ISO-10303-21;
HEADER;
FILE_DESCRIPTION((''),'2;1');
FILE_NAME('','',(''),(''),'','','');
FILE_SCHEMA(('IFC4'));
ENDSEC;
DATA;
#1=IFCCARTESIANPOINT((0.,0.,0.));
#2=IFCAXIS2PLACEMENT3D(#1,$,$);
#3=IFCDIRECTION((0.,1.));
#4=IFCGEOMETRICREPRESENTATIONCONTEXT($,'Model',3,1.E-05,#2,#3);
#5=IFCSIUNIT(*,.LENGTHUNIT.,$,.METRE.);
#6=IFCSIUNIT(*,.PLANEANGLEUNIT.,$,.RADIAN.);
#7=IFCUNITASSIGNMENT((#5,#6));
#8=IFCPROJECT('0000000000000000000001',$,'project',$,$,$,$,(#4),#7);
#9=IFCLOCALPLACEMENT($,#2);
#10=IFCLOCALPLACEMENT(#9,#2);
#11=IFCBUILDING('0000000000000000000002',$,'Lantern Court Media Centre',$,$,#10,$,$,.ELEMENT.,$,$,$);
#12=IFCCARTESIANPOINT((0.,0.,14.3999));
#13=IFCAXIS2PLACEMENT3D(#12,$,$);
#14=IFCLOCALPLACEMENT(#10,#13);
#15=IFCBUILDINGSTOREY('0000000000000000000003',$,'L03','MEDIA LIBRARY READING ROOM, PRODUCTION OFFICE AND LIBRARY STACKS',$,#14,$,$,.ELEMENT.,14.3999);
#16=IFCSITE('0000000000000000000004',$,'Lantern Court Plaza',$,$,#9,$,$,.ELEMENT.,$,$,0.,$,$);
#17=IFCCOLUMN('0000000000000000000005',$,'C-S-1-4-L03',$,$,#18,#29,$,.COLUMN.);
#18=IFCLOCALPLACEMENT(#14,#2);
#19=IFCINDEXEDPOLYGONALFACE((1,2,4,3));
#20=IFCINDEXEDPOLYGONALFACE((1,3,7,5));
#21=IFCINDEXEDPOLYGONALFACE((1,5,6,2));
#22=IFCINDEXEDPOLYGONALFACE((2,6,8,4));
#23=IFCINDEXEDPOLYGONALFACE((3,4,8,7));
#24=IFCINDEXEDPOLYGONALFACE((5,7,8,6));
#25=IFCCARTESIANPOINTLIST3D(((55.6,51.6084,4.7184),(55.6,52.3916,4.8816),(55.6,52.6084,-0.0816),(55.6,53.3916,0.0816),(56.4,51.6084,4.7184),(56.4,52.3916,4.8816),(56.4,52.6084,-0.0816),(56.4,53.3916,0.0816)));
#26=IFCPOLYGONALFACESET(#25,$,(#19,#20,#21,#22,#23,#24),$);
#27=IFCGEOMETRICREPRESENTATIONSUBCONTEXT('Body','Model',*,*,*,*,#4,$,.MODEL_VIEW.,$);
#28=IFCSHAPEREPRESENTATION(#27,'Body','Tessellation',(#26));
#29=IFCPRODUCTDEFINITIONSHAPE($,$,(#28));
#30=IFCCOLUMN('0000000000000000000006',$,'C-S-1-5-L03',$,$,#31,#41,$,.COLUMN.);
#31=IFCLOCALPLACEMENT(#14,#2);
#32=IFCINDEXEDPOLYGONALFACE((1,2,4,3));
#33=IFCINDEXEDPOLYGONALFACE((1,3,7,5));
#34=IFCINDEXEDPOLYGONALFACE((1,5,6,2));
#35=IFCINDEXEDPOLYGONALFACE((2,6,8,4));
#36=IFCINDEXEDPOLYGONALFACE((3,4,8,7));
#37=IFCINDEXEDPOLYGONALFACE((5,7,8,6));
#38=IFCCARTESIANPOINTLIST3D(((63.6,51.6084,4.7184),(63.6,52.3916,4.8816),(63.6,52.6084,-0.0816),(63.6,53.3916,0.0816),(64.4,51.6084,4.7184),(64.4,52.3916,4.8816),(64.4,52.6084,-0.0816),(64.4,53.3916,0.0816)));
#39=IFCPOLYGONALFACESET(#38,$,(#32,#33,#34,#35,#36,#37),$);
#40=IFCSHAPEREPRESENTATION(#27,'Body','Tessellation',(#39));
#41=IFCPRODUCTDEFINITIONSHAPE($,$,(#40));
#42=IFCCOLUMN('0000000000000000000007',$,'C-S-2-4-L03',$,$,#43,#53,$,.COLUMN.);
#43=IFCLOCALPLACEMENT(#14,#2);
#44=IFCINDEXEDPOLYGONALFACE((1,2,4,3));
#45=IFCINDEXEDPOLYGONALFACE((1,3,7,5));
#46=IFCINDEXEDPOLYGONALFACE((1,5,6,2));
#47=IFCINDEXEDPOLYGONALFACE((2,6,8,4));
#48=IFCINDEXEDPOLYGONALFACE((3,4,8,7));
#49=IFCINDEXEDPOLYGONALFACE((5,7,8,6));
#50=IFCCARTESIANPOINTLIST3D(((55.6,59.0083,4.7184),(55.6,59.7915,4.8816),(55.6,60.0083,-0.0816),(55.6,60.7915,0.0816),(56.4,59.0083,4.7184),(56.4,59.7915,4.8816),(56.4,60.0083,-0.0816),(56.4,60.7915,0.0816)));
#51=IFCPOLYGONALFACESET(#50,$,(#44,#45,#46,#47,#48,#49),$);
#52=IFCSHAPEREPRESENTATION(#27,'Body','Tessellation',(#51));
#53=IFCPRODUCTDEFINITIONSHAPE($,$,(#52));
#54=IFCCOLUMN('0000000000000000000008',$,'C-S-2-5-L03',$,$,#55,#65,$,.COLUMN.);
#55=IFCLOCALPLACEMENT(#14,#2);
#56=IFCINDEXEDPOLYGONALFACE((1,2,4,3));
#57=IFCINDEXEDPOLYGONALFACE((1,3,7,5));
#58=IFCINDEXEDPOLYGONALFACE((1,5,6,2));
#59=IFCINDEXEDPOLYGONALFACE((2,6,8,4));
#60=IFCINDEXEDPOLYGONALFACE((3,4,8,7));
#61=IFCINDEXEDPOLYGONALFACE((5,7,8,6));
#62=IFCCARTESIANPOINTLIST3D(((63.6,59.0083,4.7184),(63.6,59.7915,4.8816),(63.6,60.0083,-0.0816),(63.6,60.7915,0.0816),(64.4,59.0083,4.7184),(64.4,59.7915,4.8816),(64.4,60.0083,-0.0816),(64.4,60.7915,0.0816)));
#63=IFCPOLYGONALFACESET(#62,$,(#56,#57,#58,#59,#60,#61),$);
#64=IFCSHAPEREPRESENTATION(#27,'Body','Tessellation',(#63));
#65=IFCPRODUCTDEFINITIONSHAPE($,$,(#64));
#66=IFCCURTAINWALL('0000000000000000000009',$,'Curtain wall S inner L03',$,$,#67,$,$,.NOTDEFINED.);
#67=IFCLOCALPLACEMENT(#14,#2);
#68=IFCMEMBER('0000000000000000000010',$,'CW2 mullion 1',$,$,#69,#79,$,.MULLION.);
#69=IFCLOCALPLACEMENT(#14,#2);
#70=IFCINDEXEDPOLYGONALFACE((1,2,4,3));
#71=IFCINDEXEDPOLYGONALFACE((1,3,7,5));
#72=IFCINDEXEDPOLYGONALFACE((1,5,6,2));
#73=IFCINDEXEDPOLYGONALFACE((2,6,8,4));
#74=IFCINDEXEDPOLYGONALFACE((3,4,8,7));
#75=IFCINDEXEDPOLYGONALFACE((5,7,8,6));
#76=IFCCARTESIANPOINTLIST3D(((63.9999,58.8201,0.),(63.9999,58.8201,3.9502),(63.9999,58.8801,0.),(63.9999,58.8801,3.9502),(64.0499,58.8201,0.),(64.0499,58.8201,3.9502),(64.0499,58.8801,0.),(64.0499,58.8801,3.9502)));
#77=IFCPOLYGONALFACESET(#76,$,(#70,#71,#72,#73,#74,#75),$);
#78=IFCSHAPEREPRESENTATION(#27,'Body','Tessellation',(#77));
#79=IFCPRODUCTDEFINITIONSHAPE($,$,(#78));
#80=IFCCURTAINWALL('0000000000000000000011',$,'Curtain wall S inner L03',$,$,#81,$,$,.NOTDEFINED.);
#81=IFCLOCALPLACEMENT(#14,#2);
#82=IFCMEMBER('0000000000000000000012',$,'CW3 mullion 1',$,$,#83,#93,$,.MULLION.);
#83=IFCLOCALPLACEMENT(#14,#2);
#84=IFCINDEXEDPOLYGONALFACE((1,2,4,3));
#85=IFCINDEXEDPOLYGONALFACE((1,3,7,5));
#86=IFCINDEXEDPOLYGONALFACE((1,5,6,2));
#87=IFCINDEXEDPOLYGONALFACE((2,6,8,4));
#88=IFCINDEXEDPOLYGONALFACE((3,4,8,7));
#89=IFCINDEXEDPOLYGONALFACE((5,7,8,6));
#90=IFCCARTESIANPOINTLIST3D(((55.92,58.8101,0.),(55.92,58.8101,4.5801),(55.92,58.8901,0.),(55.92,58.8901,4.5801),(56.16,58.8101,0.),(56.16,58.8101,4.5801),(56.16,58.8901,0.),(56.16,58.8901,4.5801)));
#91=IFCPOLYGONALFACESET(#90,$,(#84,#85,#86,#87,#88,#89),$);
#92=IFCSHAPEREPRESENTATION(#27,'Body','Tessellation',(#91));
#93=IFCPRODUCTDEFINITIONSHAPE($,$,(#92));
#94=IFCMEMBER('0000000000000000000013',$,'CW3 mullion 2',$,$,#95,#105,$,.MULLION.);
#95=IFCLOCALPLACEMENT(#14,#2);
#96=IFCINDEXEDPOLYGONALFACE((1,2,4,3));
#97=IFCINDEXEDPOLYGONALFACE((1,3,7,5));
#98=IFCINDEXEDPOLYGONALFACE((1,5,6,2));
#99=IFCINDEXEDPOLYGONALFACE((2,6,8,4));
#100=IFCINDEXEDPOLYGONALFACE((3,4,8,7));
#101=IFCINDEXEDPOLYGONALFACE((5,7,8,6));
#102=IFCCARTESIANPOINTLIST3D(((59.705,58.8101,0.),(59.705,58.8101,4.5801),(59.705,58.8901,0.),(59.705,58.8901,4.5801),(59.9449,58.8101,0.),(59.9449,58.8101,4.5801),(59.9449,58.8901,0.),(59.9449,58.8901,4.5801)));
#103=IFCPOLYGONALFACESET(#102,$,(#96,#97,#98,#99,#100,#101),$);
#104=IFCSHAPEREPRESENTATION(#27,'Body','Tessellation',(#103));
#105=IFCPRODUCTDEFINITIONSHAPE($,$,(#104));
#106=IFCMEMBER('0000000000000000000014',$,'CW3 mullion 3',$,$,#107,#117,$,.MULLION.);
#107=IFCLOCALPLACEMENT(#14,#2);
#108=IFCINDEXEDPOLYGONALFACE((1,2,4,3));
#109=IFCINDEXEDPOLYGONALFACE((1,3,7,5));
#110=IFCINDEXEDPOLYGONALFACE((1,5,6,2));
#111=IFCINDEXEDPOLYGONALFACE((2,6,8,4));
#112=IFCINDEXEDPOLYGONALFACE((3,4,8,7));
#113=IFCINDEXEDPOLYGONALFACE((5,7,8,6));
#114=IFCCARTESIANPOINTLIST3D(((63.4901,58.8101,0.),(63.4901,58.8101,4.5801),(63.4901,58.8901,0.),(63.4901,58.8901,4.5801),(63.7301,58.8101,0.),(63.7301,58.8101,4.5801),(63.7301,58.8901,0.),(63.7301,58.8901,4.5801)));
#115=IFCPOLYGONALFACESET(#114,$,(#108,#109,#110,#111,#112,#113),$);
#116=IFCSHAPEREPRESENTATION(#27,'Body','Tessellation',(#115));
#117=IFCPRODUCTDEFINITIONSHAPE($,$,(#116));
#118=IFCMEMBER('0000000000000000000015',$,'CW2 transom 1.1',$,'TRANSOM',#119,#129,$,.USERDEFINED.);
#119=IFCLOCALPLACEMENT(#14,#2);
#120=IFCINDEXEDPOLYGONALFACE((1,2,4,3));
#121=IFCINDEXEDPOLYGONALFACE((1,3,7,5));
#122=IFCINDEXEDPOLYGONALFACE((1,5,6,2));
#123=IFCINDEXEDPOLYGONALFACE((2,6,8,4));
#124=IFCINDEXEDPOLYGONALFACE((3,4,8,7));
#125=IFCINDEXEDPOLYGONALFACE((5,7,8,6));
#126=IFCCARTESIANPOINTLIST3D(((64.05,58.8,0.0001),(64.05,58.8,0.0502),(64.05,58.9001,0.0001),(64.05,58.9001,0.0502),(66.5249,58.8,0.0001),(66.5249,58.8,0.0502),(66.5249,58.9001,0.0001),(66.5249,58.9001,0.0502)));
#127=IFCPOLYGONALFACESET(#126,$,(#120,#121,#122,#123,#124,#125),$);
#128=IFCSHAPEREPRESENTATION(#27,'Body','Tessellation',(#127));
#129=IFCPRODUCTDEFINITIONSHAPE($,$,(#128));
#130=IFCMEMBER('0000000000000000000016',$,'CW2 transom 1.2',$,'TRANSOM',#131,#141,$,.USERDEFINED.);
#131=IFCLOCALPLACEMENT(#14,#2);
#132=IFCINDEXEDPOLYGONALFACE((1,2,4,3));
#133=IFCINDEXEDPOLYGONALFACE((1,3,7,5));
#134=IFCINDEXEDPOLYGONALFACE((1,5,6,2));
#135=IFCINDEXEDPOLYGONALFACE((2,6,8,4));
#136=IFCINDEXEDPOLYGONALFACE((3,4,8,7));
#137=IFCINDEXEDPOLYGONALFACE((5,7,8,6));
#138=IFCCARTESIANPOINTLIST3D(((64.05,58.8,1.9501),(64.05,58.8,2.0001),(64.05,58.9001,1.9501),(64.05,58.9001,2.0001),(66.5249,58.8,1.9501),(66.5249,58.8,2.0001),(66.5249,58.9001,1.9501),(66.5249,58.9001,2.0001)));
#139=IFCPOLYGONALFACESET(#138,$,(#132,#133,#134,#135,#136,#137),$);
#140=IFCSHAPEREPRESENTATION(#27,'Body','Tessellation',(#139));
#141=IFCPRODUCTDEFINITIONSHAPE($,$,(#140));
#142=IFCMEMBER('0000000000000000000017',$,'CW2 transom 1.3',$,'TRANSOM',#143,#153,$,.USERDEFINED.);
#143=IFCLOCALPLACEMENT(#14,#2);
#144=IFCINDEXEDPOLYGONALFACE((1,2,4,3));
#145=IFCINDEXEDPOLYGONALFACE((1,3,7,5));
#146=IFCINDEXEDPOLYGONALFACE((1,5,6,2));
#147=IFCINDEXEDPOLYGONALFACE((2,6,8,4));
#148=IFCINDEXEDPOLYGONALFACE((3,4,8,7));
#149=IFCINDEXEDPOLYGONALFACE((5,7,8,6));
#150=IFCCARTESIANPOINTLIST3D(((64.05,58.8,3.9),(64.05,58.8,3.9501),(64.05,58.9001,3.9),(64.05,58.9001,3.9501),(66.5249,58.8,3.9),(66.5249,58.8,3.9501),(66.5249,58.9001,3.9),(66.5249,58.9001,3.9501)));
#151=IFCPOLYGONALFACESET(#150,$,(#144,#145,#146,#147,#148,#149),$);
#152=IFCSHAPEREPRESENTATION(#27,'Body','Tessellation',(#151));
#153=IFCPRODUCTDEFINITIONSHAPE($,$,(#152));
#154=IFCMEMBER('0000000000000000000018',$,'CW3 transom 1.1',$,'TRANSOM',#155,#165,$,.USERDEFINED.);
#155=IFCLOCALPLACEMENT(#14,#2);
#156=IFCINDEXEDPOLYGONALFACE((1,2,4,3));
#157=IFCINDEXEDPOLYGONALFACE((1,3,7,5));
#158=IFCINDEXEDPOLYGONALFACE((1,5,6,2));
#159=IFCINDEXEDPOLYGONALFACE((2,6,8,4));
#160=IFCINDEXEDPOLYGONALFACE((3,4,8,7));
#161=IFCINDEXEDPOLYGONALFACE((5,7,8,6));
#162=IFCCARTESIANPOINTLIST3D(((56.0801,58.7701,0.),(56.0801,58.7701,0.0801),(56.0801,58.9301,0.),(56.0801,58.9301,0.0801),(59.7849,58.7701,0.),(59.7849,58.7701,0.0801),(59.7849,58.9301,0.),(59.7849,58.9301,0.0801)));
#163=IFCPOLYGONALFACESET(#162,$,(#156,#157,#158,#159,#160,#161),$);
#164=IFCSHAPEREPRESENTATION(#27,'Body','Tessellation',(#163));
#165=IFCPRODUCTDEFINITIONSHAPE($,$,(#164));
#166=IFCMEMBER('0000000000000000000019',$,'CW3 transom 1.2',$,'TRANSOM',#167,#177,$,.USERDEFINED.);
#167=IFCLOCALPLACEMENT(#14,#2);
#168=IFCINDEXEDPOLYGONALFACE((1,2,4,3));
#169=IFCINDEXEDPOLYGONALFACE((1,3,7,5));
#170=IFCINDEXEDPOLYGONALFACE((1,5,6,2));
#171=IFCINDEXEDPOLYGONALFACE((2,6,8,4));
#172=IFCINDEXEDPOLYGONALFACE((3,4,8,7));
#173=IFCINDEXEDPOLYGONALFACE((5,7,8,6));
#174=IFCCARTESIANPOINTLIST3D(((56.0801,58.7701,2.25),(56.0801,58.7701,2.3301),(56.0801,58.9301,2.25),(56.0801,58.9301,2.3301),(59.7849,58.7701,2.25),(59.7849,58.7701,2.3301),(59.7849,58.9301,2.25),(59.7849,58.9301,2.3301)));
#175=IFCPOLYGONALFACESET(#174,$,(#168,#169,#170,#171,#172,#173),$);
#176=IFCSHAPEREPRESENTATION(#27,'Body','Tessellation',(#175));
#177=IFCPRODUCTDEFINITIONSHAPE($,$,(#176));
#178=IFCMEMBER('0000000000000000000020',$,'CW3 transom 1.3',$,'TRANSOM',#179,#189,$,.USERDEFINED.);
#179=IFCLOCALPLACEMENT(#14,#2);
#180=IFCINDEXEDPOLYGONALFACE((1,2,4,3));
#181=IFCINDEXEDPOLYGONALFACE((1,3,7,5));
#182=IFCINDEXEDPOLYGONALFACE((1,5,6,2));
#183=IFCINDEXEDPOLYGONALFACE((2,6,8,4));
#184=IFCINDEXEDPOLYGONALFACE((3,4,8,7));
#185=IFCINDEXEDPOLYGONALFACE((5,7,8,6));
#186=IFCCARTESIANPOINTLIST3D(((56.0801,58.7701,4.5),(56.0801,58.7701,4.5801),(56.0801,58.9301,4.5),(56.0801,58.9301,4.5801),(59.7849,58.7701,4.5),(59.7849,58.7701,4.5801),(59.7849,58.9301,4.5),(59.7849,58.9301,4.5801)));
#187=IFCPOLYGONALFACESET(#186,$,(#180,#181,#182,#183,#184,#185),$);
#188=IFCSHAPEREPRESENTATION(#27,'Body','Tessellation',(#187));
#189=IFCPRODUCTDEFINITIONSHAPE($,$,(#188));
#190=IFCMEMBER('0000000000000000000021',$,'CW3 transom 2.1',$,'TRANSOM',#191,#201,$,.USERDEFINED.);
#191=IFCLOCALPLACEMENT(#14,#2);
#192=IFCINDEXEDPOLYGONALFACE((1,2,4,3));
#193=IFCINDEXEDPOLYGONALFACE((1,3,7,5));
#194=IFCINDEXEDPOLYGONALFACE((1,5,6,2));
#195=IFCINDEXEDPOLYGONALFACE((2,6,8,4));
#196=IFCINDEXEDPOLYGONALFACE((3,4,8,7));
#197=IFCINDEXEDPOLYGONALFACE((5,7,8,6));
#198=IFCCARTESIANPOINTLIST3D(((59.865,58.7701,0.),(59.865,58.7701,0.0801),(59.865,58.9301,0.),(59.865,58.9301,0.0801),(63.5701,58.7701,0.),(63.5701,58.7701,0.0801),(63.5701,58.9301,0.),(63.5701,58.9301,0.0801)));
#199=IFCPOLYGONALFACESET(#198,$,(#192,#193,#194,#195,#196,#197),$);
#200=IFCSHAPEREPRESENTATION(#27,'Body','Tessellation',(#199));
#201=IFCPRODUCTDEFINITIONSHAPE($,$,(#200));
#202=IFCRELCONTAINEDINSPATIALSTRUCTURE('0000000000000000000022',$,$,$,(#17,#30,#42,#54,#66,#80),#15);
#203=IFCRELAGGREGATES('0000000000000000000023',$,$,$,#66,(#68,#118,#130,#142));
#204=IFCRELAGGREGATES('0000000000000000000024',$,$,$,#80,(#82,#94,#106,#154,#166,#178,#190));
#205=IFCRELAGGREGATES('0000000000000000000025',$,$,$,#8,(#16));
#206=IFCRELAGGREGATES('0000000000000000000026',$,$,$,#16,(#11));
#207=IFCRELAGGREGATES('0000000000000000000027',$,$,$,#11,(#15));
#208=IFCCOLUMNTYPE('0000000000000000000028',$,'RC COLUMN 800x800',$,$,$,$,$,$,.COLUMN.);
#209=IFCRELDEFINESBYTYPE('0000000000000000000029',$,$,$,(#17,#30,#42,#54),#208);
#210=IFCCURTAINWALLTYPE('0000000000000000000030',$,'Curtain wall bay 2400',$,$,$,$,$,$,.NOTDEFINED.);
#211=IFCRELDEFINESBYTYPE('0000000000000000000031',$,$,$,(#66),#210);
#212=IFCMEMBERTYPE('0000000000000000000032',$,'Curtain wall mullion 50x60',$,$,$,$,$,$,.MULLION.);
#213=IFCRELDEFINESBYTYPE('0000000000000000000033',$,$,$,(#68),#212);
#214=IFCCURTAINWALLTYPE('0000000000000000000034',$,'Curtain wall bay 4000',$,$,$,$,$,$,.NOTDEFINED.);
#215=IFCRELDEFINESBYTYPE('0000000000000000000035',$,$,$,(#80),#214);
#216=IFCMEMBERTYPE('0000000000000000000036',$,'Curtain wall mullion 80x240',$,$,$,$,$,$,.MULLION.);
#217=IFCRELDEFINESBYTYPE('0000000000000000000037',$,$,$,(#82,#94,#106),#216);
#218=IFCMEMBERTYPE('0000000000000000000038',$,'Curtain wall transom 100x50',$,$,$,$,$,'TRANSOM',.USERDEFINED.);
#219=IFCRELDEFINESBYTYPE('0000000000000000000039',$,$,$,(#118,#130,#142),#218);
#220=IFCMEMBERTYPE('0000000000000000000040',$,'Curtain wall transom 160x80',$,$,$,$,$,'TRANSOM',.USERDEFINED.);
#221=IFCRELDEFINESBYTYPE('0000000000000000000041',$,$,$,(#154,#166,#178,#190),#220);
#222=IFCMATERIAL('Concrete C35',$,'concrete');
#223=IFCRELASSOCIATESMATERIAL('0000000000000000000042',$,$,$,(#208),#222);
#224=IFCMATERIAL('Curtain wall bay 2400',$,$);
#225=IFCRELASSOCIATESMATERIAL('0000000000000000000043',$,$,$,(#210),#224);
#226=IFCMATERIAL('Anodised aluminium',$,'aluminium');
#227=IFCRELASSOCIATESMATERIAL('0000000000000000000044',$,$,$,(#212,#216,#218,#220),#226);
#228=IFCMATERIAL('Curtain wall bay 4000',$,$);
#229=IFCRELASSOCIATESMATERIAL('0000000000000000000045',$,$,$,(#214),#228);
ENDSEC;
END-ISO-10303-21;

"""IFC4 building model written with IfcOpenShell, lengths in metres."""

from ifc_helpers import new_model, si_unit, direction, frame, origin, origin_2d, place, context, subcontext, project, spatial, rectangle, extrude, material, material_profile, profile_set, type_object, element, aggregate, save


model = new_model("IFC4")

# Units and contexts
model_context = context("Model", 3, precision=1e-05, world=origin(), true_north=direction((0.0, 1.0)))
body_context = subcontext(model_context, "Body", "Model", "MODEL_VIEW")
ifc_project = project(units=[si_unit("LENGTHUNIT", "METRE"), si_unit("PLANEANGLEUNIT", "RADIAN")], contexts=[model_context])

# Site, building, storey
site_placement = place(None, origin())
site = spatial("IfcSite", under=ifc_project, at=site_placement, Name="Lantern Court Plaza", CompositionType="ELEMENT", RefElevation=0.0)
building_placement = place(site_placement, origin())
building = spatial("IfcBuilding", under=site, at=building_placement, Name="Lantern Court Media Centre", CompositionType="ELEMENT")
storey_placement = place(building_placement, frame((0.0, 0.0, 14.3999)))
storey = spatial("IfcBuildingStorey", under=building, at=storey_placement, Name="L03", Description="MEDIA LIBRARY READING ROOM, PRODUCTION OFFICE AND LIBRARY STACKS", CompositionType="ELEMENT", Elevation=14.3999)

# Columns
ifc_material_1 = material(Name="Concrete C35", Category="concrete")
ifc_material_profile_1 = material_profile(ifc_material_1, rectangle(XDim=0.8, YDim=0.8, at=origin_2d()), Name="RC 800x800")
ifc_profile_set_1 = profile_set([ifc_material_profile_1], Name="Concrete C35")
column_type = type_object("IfcColumnType", Name="RC COLUMN 800x800", PredefinedType="COLUMN", material=ifc_profile_set_1)
for number, where, z_axis, x_axis, name in (
    (1, (56.0, 53.0, 0.0), (0.0, -0.203952, 0.978981), (1.0, 0.0, 0.0), "C-S-1-4-L03"),
    (2, (64.0, 53.0, 0.0), (0.0, -0.203952, 0.978981), (1.0, 0.0, 0.0), "C-S-1-5-L03"),
    (3, (56.0, 60.3999, 0.0), (0.0, -0.203952, 0.978981), (1.0, 0.0, 0.0), "C-S-2-4-L03"),
    (4, (64.0, 60.3999, 0.0), (0.0, -0.203952, 0.978981), (1.0, 0.0, 0.0), "C-S-2-5-L03"),
):
    element("IfcColumn", number, at=place(storey_placement, frame(where, z_axis=z_axis, x_axis=x_axis)), inside=storey, type_object=column_type, Name=name, PredefinedType="COLUMN", context=body_context, shape_type="SweptSolid", body=[
        extrude(rectangle(XDim=0.8, YDim=0.8, at=origin_2d()), origin(), (0.0, 0.0, 1.0), 4.9031),
    ])

# Curtain wall, member
ifc_material_2 = material(Name="Curtain wall bay 2400")
curtain_wall_type_1 = type_object("IfcCurtainWallType", Name="Curtain wall bay 2400", PredefinedType="NOTDEFINED", material=ifc_material_2)
curtain_wall_1_placement = place(storey_placement, origin())
curtain_wall_1 = element("IfcCurtainWall", 5, at=curtain_wall_1_placement, inside=storey, type_object=curtain_wall_type_1, Name="Curtain wall S inner L03", PredefinedType="NOTDEFINED")
ifc_material_3 = material(Name="Anodised aluminium", Category="aluminium")
ifc_material_profile_2 = material_profile(ifc_material_3, rectangle(XDim=0.0601, YDim=0.05, at=origin_2d()), Name="AL 50x60")
ifc_profile_set_2 = profile_set([ifc_material_profile_2], Name="Anodised aluminium")
member_type_1 = type_object("IfcMemberType", Name="Curtain wall mullion 50x60", PredefinedType="MULLION", material=ifc_profile_set_2)
member_1_placement = place(storey_placement, frame((64.0249, 58.8501, 0.0), z_axis=(0.0, 0.0, 1.0), x_axis=(0.0, 1.0, 0.0)))
member_1 = element("IfcMember", 6, at=member_1_placement, type_object=member_type_1, Name="CW2 mullion 1", PredefinedType="MULLION", context=body_context, shape_type="SweptSolid", body=[
    extrude(rectangle(XDim=0.0601, YDim=0.05, at=origin_2d()), origin(), (0.0, 0.0, 1.0), 3.9502),
])

# Curtain wall, members
ifc_material_4 = material(Name="Curtain wall bay 4000")
curtain_wall_type_2 = type_object("IfcCurtainWallType", Name="Curtain wall bay 4000", PredefinedType="NOTDEFINED", material=ifc_material_4)
curtain_wall_2_placement = place(storey_placement, origin())
curtain_wall_2 = element("IfcCurtainWall", 7, at=curtain_wall_2_placement, inside=storey, type_object=curtain_wall_type_2, Name="Curtain wall S inner L03", PredefinedType="NOTDEFINED")
ifc_material_profile_3 = material_profile(ifc_material_3, rectangle(XDim=0.0801, YDim=0.24, at=origin_2d()), Name="AL 80x240")
ifc_profile_set_3 = profile_set([ifc_material_profile_3], Name="Anodised aluminium")
member_type_2 = type_object("IfcMemberType", Name="Curtain wall mullion 80x240", PredefinedType="MULLION", material=ifc_profile_set_3)
member_2_placement = place(storey_placement, frame((56.04, 58.8501, 0.0), z_axis=(0.0, 0.0, 1.0), x_axis=(0.0, 1.0, 0.0)))
member_2 = element("IfcMember", 8, at=member_2_placement, type_object=member_type_2, Name="CW3 mullion 1", PredefinedType="MULLION", context=body_context, shape_type="SweptSolid", body=[
    extrude(rectangle(XDim=0.0801, YDim=0.24, at=origin_2d()), origin(), (0.0, 0.0, 1.0), 4.5801),
])
member_3_placement = place(storey_placement, frame((59.825, 58.8501, 0.0), z_axis=(0.0, 0.0, 1.0), x_axis=(0.0, 1.0, 0.0)))
member_3 = element("IfcMember", 9, at=member_3_placement, type_object=member_type_2, Name="CW3 mullion 2", PredefinedType="MULLION", context=body_context, shape_type="SweptSolid", body=[
    extrude(rectangle(XDim=0.0801, YDim=0.24, at=origin_2d()), origin(), (0.0, 0.0, 1.0), 4.5801),
])
member_4_placement = place(storey_placement, frame((63.6101, 58.8501, 0.0), z_axis=(0.0, 0.0, 1.0), x_axis=(0.0, 1.0, 0.0)))
member_4 = element("IfcMember", 10, at=member_4_placement, type_object=member_type_2, Name="CW3 mullion 3", PredefinedType="MULLION", context=body_context, shape_type="SweptSolid", body=[
    extrude(rectangle(XDim=0.0801, YDim=0.24, at=origin_2d()), origin(), (0.0, 0.0, 1.0), 4.5801),
])

# Members
ifc_material_profile_4 = material_profile(ifc_material_3, rectangle(XDim=0.1001, YDim=0.05, at=origin_2d()), Name="AL 50x100")
ifc_profile_set_4 = profile_set([ifc_material_profile_4], Name="Anodised aluminium")
member_type_3 = type_object("IfcMemberType", Name="Curtain wall transom 100x50", ElementType="TRANSOM", PredefinedType="USERDEFINED", material=ifc_profile_set_4)
member_5_placement = place(storey_placement, frame((64.05, 58.8501, 0.0251), z_axis=(1.0, 0.0, 0.0), x_axis=(0.0, 1.0, 0.0)))
member_5 = element("IfcMember", 11, at=member_5_placement, type_object=member_type_3, Name="CW2 transom 1.1", ObjectType="TRANSOM", PredefinedType="USERDEFINED", context=body_context, shape_type="SweptSolid", body=[
    extrude(rectangle(XDim=0.1001, YDim=0.05, at=origin_2d()), origin(), (0.0, 0.0, 1.0), 2.4749),
])
member_6_placement = place(storey_placement, frame((64.05, 58.8501, 1.9751), z_axis=(1.0, 0.0, 0.0), x_axis=(0.0, 1.0, 0.0)))
member_6 = element("IfcMember", 12, at=member_6_placement, type_object=member_type_3, Name="CW2 transom 1.2", ObjectType="TRANSOM", PredefinedType="USERDEFINED", context=body_context, shape_type="SweptSolid", body=[
    extrude(rectangle(XDim=0.1001, YDim=0.05, at=origin_2d()), origin(), (0.0, 0.0, 1.0), 2.4749),
])
member_7_placement = place(storey_placement, frame((64.05, 58.8501, 3.925), z_axis=(1.0, 0.0, 0.0), x_axis=(0.0, 1.0, 0.0)))
member_7 = element("IfcMember", 13, at=member_7_placement, type_object=member_type_3, Name="CW2 transom 1.3", ObjectType="TRANSOM", PredefinedType="USERDEFINED", context=body_context, shape_type="SweptSolid", body=[
    extrude(rectangle(XDim=0.1001, YDim=0.05, at=origin_2d()), origin(), (0.0, 0.0, 1.0), 2.4749),
])
aggregate(curtain_wall_1, [member_1, member_5, member_6, member_7])
ifc_material_profile_5 = material_profile(ifc_material_3, rectangle(XDim=0.1599, YDim=0.0801, at=origin_2d()), Name="AL 80x160")
ifc_profile_set_5 = profile_set([ifc_material_profile_5], Name="Anodised aluminium")
member_type_4 = type_object("IfcMemberType", Name="Curtain wall transom 160x80", ElementType="TRANSOM", PredefinedType="USERDEFINED", material=ifc_profile_set_5)
member_8_placement = place(storey_placement, frame((56.0801, 58.8501, 0.04), z_axis=(1.0, 0.0, 0.0), x_axis=(0.0, 1.0, 0.0)))
member_8 = element("IfcMember", 14, at=member_8_placement, type_object=member_type_4, Name="CW3 transom 1.1", ObjectType="TRANSOM", PredefinedType="USERDEFINED", context=body_context, shape_type="SweptSolid", body=[
    extrude(rectangle(XDim=0.1599, YDim=0.0801, at=origin_2d()), origin(), (0.0, 0.0, 1.0), 3.7048),
])
member_9_placement = place(storey_placement, frame((56.0801, 58.8501, 2.29), z_axis=(1.0, 0.0, 0.0), x_axis=(0.0, 1.0, 0.0)))
member_9 = element("IfcMember", 15, at=member_9_placement, type_object=member_type_4, Name="CW3 transom 1.2", ObjectType="TRANSOM", PredefinedType="USERDEFINED", context=body_context, shape_type="SweptSolid", body=[
    extrude(rectangle(XDim=0.1599, YDim=0.0801, at=origin_2d()), origin(), (0.0, 0.0, 1.0), 3.7048),
])
member_10_placement = place(storey_placement, frame((56.0801, 58.8501, 4.54), z_axis=(1.0, 0.0, 0.0), x_axis=(0.0, 1.0, 0.0)))
member_10 = element("IfcMember", 16, at=member_10_placement, type_object=member_type_4, Name="CW3 transom 1.3", ObjectType="TRANSOM", PredefinedType="USERDEFINED", context=body_context, shape_type="SweptSolid", body=[
    extrude(rectangle(XDim=0.1599, YDim=0.0801, at=origin_2d()), origin(), (0.0, 0.0, 1.0), 3.7048),
])
member_11_placement = place(storey_placement, frame((59.865, 58.8501, 0.04), z_axis=(1.0, 0.0, 0.0), x_axis=(0.0, 1.0, 0.0)))
member_11 = element("IfcMember", 17, at=member_11_placement, type_object=member_type_4, Name="CW3 transom 2.1", ObjectType="TRANSOM", PredefinedType="USERDEFINED", context=body_context, shape_type="SweptSolid", body=[
    extrude(rectangle(XDim=0.1599, YDim=0.0801, at=origin_2d()), origin(), (0.0, 0.0, 1.0), 3.7051),
])

aggregate(curtain_wall_2, [member_2, member_3, member_4, member_8, member_9, member_10, member_11])

save(model, "model.ifc")
